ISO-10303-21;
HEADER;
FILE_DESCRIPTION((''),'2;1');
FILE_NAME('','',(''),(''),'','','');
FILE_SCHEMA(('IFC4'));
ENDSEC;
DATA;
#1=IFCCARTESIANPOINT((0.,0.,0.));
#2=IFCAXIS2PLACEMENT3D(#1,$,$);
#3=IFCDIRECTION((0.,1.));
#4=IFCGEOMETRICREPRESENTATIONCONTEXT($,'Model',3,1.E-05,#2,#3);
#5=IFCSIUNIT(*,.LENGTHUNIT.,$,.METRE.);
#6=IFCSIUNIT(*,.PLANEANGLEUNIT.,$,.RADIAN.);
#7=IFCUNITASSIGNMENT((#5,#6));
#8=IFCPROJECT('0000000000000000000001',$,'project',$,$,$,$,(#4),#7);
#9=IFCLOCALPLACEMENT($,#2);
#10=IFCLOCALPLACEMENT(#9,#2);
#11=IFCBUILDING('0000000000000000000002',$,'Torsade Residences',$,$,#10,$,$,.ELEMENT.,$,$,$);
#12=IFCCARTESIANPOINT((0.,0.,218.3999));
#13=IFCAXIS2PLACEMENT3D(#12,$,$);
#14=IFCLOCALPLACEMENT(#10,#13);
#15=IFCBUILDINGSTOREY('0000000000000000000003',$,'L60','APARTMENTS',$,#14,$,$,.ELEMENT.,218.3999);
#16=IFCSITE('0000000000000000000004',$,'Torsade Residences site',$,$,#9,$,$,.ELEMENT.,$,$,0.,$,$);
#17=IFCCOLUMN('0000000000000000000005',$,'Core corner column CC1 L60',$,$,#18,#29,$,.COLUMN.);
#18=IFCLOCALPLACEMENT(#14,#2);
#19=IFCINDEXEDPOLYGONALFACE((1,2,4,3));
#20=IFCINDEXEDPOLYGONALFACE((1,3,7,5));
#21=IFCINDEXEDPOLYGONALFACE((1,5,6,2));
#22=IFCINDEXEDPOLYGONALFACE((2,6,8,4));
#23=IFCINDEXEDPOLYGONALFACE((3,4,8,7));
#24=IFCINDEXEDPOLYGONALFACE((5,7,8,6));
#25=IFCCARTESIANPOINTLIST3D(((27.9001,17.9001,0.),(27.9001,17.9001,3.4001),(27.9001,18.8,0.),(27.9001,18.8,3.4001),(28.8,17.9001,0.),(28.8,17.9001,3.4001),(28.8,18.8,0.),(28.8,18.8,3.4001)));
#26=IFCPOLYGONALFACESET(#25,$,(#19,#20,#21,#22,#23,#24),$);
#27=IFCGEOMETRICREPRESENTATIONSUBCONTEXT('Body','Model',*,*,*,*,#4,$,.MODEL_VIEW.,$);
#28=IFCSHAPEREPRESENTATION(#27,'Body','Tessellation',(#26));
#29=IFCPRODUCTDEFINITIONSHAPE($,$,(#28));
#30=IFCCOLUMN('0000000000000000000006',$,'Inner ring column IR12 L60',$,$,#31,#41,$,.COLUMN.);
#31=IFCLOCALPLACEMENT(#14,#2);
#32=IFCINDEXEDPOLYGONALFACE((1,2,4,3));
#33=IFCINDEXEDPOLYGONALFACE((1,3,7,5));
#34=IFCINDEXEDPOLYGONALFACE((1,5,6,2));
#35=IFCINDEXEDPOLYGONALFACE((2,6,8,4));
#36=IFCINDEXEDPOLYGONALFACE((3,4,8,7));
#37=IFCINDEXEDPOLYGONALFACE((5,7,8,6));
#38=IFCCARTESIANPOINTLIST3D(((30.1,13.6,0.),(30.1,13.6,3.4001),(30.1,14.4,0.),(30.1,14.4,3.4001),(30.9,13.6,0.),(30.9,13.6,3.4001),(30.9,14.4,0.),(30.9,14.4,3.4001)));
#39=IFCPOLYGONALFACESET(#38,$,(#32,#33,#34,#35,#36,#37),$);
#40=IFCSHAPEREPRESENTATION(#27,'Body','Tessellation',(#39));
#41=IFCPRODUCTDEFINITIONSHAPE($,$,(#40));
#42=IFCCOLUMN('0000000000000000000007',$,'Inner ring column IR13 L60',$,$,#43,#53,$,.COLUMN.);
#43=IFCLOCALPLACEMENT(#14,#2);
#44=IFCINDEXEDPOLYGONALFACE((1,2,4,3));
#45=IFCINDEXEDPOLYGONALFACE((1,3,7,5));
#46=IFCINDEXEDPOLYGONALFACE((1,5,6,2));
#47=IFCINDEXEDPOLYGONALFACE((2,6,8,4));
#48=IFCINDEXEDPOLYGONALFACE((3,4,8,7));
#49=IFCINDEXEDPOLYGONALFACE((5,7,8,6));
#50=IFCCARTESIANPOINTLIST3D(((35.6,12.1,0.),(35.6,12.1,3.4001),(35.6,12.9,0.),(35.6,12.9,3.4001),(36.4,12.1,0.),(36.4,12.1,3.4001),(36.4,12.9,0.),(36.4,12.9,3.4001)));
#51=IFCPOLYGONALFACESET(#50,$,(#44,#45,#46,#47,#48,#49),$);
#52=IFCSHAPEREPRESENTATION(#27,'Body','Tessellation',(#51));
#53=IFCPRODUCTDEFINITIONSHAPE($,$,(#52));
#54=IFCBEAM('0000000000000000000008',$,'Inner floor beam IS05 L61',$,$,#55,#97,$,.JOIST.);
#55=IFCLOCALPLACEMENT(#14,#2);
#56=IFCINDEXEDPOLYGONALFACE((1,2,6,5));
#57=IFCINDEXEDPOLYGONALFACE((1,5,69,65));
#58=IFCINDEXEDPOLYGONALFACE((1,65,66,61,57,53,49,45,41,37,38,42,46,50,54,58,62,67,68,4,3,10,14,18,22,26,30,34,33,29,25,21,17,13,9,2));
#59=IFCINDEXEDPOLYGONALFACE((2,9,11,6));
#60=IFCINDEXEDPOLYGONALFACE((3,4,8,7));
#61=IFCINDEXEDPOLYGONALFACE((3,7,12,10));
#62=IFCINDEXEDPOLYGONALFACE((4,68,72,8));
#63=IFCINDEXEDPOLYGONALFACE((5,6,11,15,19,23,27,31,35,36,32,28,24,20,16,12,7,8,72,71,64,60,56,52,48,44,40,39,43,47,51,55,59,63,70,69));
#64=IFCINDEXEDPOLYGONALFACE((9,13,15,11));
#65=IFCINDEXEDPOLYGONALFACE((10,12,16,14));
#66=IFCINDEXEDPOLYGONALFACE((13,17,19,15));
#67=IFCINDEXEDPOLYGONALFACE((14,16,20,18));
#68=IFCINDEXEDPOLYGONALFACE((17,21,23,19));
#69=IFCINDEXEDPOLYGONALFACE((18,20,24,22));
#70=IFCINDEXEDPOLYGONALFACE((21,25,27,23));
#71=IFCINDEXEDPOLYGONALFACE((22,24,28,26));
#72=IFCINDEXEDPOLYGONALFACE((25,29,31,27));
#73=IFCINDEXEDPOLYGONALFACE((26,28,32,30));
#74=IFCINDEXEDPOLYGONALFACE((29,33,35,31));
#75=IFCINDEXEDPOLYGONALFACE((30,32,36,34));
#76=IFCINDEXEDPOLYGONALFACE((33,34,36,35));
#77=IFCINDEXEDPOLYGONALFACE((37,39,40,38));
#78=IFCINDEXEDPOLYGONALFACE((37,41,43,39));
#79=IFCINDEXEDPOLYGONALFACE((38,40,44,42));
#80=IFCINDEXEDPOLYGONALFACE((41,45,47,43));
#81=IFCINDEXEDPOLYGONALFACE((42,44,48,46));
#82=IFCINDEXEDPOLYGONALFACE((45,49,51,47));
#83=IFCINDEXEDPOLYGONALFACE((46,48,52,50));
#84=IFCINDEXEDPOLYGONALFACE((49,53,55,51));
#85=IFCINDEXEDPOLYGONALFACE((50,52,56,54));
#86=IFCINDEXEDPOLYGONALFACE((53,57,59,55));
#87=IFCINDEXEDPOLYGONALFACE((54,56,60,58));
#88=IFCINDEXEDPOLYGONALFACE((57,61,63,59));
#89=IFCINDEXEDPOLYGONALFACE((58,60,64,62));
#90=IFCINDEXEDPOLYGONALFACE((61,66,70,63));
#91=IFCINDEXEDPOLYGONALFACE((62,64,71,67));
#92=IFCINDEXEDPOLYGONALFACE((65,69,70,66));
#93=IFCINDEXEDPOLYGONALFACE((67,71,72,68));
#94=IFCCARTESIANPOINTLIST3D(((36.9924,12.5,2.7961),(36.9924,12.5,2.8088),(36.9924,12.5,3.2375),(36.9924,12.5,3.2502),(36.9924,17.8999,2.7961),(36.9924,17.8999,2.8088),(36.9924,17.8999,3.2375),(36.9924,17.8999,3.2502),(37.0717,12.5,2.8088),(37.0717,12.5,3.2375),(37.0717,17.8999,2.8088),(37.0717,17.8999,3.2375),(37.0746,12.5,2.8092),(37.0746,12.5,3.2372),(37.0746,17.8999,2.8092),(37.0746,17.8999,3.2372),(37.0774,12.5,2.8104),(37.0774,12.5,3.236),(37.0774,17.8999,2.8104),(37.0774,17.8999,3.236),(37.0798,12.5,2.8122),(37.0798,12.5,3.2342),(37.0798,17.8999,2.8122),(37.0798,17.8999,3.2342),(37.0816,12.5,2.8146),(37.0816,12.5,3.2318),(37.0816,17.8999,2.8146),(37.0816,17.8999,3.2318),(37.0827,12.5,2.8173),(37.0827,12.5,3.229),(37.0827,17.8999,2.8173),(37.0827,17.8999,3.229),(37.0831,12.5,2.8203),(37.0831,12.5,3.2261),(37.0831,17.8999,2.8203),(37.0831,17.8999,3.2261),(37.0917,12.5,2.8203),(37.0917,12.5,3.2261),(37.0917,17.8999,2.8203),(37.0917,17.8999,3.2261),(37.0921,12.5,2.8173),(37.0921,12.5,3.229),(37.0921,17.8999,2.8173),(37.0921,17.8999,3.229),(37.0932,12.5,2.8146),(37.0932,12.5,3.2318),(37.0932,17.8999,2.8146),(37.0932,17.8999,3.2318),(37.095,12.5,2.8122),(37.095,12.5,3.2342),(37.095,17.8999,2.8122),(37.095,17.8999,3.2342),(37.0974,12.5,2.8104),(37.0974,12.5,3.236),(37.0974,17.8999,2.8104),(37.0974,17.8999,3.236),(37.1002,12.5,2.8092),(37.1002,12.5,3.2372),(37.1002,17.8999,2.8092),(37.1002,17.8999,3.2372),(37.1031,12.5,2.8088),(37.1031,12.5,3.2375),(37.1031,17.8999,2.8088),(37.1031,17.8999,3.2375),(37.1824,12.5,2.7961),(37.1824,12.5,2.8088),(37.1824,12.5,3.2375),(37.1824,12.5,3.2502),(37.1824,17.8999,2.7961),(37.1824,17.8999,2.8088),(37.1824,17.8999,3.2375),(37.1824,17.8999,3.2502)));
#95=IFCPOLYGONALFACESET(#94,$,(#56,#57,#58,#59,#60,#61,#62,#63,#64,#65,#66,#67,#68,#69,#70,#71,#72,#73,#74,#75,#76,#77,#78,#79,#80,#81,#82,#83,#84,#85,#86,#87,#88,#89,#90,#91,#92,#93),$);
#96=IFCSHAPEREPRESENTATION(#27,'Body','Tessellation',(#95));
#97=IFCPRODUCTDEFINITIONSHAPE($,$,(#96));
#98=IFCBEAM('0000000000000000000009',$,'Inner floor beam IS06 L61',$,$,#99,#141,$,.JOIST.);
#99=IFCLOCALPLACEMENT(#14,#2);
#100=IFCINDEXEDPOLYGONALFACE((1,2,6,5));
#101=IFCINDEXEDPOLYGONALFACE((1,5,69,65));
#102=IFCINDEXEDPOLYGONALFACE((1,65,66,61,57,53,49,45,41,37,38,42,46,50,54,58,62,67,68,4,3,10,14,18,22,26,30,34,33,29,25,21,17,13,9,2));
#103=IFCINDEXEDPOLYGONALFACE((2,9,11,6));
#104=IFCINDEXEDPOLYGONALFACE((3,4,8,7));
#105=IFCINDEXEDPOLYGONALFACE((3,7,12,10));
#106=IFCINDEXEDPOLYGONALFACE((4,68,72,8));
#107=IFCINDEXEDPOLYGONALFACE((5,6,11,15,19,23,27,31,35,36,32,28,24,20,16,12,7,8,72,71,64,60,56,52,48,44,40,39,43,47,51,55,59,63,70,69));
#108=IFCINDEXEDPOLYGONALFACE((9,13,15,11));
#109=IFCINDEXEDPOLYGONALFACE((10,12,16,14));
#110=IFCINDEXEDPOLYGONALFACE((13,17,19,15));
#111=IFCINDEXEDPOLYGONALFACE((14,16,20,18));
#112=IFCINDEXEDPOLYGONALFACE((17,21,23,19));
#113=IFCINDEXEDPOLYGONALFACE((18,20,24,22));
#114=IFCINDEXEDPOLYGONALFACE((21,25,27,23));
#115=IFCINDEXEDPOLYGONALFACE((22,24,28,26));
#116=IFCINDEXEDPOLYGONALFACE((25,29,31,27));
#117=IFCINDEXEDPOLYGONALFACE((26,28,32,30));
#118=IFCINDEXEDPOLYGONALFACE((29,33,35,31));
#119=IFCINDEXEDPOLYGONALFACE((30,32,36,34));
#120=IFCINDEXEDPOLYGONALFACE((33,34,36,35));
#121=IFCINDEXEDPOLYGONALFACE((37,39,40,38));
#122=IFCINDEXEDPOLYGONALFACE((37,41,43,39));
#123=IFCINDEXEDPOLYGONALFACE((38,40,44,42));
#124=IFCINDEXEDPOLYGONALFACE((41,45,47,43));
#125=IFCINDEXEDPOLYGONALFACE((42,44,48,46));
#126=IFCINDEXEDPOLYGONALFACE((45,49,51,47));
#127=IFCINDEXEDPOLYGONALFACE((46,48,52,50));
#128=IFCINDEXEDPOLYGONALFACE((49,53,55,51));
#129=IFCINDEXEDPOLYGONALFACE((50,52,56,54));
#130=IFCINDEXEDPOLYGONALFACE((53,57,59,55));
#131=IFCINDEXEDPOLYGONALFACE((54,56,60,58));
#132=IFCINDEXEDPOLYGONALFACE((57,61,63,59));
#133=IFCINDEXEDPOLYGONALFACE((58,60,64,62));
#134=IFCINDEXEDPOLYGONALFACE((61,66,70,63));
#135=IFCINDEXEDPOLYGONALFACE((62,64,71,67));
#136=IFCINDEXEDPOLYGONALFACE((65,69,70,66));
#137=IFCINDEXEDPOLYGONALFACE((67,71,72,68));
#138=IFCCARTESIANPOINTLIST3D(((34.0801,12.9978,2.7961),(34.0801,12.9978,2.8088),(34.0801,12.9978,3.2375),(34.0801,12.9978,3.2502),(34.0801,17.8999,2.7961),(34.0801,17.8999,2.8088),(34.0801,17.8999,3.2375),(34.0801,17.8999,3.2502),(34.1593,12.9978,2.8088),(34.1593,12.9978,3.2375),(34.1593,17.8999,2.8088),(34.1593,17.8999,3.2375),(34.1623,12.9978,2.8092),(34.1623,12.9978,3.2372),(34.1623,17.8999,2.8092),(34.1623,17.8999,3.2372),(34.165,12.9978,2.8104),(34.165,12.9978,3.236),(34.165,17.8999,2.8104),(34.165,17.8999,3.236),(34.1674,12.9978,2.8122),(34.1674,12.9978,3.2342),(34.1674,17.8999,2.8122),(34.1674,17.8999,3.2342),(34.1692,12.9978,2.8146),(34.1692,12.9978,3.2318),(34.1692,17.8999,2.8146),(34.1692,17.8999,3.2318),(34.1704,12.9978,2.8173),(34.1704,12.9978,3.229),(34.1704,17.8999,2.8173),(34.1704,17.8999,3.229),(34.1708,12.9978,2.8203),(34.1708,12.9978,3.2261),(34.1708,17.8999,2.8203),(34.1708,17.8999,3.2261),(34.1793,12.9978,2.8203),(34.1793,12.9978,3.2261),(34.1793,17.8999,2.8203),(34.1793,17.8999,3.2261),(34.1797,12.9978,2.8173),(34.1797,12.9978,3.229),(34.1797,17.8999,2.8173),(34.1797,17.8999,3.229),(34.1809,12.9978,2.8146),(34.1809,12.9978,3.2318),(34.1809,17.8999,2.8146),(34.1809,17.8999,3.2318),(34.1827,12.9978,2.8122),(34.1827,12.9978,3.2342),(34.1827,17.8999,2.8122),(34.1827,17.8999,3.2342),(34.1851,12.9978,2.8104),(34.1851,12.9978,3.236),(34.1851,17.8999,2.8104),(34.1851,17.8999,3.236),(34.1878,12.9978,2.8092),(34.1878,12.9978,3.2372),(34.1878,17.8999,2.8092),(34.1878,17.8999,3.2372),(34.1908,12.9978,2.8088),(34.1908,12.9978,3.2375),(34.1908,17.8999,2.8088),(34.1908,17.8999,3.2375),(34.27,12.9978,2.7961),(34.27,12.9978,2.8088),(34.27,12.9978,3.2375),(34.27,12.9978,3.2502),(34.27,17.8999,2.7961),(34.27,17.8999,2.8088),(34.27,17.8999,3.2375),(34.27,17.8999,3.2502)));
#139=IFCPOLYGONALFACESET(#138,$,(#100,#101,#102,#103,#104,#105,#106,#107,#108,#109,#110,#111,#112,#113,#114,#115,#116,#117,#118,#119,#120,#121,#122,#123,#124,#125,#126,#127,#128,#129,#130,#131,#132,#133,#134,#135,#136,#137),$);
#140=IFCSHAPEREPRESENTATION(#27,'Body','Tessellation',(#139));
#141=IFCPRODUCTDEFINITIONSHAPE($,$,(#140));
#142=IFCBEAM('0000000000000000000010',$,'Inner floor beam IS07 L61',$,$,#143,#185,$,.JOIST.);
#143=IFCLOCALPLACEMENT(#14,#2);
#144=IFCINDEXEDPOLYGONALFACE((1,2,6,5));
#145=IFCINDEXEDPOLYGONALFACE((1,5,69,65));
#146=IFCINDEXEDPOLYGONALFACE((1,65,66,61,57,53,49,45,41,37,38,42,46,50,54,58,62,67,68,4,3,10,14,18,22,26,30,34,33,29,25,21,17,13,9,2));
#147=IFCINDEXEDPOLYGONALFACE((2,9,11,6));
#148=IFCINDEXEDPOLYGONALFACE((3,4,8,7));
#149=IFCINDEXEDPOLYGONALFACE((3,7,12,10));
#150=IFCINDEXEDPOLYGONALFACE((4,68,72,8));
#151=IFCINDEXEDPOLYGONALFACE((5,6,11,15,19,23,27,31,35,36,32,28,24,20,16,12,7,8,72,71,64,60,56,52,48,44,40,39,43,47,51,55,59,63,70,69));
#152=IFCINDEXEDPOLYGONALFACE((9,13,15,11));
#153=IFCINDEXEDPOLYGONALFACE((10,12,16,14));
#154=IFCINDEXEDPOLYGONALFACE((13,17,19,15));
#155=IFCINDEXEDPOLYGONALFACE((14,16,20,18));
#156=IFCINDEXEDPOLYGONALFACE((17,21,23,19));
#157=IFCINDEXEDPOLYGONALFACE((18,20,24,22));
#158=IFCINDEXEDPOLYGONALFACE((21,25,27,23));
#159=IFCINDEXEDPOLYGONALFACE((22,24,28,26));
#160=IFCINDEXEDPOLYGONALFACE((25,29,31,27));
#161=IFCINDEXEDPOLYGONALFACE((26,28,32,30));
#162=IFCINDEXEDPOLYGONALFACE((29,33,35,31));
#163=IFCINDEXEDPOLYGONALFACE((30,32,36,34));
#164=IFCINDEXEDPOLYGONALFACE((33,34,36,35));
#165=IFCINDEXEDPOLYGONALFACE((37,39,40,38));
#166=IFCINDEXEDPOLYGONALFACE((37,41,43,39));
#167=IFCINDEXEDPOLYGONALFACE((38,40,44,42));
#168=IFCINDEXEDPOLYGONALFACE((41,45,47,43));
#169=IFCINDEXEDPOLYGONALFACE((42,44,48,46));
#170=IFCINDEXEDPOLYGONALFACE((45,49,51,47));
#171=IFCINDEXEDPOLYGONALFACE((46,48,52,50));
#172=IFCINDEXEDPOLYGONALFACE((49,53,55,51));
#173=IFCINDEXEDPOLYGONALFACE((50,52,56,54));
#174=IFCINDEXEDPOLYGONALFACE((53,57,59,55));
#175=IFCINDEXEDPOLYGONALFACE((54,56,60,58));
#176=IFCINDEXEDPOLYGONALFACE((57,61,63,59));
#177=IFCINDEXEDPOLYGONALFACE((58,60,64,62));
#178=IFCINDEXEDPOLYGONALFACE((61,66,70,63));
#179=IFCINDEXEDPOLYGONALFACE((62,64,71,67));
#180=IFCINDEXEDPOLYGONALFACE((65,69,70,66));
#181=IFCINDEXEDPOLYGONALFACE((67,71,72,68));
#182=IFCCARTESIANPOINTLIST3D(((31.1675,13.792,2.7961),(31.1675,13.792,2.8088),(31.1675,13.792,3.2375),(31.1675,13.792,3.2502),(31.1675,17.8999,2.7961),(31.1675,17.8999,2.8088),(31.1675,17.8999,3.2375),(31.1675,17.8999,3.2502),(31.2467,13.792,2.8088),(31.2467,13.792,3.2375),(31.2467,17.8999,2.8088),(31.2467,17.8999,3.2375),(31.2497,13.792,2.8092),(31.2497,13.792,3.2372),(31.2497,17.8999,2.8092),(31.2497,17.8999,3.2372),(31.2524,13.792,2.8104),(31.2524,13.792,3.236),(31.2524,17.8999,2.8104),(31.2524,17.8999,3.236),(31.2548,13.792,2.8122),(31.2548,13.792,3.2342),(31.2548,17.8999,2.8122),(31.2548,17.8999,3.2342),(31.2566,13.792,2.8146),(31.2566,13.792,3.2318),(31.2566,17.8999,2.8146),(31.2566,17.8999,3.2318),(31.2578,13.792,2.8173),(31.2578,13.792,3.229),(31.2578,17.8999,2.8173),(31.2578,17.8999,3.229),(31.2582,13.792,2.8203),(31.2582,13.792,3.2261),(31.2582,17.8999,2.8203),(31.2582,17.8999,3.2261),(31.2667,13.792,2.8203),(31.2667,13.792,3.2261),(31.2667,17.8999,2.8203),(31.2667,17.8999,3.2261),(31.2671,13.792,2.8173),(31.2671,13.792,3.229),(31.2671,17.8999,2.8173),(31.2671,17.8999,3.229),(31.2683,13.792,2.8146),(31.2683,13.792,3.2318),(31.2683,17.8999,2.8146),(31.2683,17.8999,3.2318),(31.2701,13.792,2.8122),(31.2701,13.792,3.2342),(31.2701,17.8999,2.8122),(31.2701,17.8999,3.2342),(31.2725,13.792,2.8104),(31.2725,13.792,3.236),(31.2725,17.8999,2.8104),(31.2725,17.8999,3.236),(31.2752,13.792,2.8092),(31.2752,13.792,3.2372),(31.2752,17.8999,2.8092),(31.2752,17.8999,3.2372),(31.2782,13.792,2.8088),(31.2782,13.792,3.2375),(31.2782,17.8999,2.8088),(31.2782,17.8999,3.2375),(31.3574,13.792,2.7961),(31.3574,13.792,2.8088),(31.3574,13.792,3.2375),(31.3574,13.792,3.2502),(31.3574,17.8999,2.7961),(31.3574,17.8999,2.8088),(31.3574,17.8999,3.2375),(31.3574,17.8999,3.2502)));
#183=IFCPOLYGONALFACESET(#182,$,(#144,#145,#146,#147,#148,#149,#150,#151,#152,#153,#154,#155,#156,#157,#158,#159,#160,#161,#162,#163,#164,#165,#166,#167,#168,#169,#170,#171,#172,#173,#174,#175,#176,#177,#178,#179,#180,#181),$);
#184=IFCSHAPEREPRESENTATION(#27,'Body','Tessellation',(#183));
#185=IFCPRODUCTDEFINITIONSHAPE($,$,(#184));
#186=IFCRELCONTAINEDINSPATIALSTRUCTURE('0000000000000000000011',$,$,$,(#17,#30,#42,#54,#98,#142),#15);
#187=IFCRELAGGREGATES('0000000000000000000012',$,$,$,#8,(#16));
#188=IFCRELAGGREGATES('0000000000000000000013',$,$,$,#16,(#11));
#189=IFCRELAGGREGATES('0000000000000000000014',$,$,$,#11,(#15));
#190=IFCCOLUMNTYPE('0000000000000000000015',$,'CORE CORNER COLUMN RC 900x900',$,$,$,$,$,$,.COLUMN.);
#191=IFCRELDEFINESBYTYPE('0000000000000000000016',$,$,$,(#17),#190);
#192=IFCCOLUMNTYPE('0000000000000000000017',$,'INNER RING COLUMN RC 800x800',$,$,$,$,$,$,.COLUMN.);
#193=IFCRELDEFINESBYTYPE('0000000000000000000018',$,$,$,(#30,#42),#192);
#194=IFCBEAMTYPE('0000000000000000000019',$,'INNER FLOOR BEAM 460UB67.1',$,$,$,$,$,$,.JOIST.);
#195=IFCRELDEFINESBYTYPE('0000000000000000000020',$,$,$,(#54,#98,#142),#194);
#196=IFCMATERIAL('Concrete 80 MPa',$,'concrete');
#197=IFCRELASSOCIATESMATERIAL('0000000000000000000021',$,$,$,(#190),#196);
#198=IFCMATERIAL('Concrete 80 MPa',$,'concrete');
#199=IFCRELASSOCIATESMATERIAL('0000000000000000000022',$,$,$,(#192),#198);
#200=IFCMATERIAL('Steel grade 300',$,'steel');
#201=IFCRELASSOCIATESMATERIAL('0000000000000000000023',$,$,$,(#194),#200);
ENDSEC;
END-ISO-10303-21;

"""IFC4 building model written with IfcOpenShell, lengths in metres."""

from ifc_helpers import new_model, si_unit, direction, frame, origin, origin_2d, place, context, subcontext, project, spatial, rectangle, i_section, extrude, material, material_profile, profile_set, type_object, element, save


model = new_model("IFC4")

# Units and contexts
model_context = context("Model", 3, precision=1e-05, world=origin(), true_north=direction((0.0, 1.0)))
body_context = subcontext(model_context, "Body", "Model", "MODEL_VIEW")
ifc_project = project(units=[si_unit("LENGTHUNIT", "METRE"), si_unit("PLANEANGLEUNIT", "RADIAN")], contexts=[model_context])

# Site, building, storey
site_placement = place(None, origin())
site = spatial("IfcSite", under=ifc_project, at=site_placement, Name="Torsade Residences site", CompositionType="ELEMENT", RefElevation=0.0)
building_placement = place(site_placement, origin())
building = spatial("IfcBuilding", under=site, at=building_placement, Name="Torsade Residences", CompositionType="ELEMENT")
storey_placement = place(building_placement, frame((0.0, 0.0, 218.3999)))
storey = spatial("IfcBuildingStorey", under=building, at=storey_placement, Name="L60", Description="APARTMENTS", CompositionType="ELEMENT", Elevation=218.3999)

# Columns
ifc_material_1 = material(Name="Concrete 80 MPa", Category="concrete")
ifc_material_profile_1 = material_profile(ifc_material_1, rectangle(XDim=0.8999, YDim=0.8999, at=origin_2d()), Name="RC 900x900")
ifc_profile_set_1 = profile_set([ifc_material_profile_1], Name="Concrete 80 MPa")
column_type_1 = type_object("IfcColumnType", Name="CORE CORNER COLUMN RC 900x900", PredefinedType="COLUMN", material=ifc_profile_set_1)
column_placement = place(storey_placement, frame((28.3501, 18.3501, 0.0), z_axis=(0.0, 0.0, 1.0), x_axis=(1.0, 0.0, 0.0)))
element("IfcColumn", 1, at=column_placement, inside=storey, type_object=column_type_1, Name="Core corner column CC1 L60", PredefinedType="COLUMN", context=body_context, shape_type="SweptSolid", body=[
    extrude(rectangle(XDim=0.8999, YDim=0.8999, at=origin_2d()), origin(), (0.0, 0.0, 1.0), 3.4001),
])
ifc_material_2 = material(Name="Concrete 80 MPa", Category="concrete")
ifc_material_profile_2 = material_profile(ifc_material_2, rectangle(XDim=0.8, YDim=0.8, at=origin_2d()), Name="RC 800x800")
ifc_profile_set_2 = profile_set([ifc_material_profile_2], Name="Concrete 80 MPa")
column_type_2 = type_object("IfcColumnType", Name="INNER RING COLUMN RC 800x800", PredefinedType="COLUMN", material=ifc_profile_set_2)
for number, where, z_axis, x_axis, name in (
    (2, (30.5, 14.0, 0.0), (0.0, 0.0, 1.0), (1.0, 0.0, 0.0), "Inner ring column IR12 L60"),
    (3, (36.0, 12.5, 0.0), (0.0, 0.0, 1.0), (1.0, 0.0, 0.0), "Inner ring column IR13 L60"),
):
    element("IfcColumn", number, at=place(storey_placement, frame(where, z_axis=z_axis, x_axis=x_axis)), inside=storey, type_object=column_type_2, Name=name, PredefinedType="COLUMN", context=body_context, shape_type="SweptSolid", body=[
        extrude(rectangle(XDim=0.8, YDim=0.8, at=origin_2d()), origin(), (0.0, 0.0, 1.0), 3.4001),
    ])

# Beams
ifc_material_3 = material(Name="Steel grade 300", Category="steel")
ifc_material_profile_3 = material_profile(ifc_material_3, i_section(OverallWidth=0.1899, OverallDepth=0.4541, WebThickness=0.0085, FlangeThickness=0.0127, FilletRadius=0.0115, at=origin_2d()), Name="460UB67.1")
ifc_profile_set_3 = profile_set([ifc_material_profile_3], Name="Steel grade 300")
beam_type_1 = type_object("IfcBeamType", Name="INNER FLOOR BEAM 460UB67.1", PredefinedType="JOIST", material=ifc_profile_set_3)
beam_1_placement = place(storey_placement, frame((37.0874, 17.8999, 3.0232), z_axis=(0.0, -1.0, 0.0), x_axis=(1.0, 0.0, 0.0)))
element("IfcBeam", 4, at=beam_1_placement, inside=storey, type_object=beam_type_1, Name="Inner floor beam IS05 L61", PredefinedType="JOIST", context=body_context, shape_type="SweptSolid", body=[
    extrude(i_section(OverallWidth=0.1899, OverallDepth=0.4541, WebThickness=0.0085, FlangeThickness=0.0127, FilletRadius=0.0115, at=origin_2d()), origin(), (0.0, 0.0, 1.0), 5.3999),
])
beam_2_placement = place(storey_placement, frame((34.175, 17.8999, 3.0232), z_axis=(0.0, -1.0, 0.0), x_axis=(1.0, 0.0, 0.0)))
element("IfcBeam", 5, at=beam_2_placement, inside=storey, type_object=beam_type_1, Name="Inner floor beam IS06 L61", PredefinedType="JOIST", context=body_context, shape_type="SweptSolid", body=[
    extrude(i_section(OverallWidth=0.1899, OverallDepth=0.4541, WebThickness=0.0085, FlangeThickness=0.0127, FilletRadius=0.0115, at=origin_2d()), origin(), (0.0, 0.0, 1.0), 4.9021),
])
beam_3_placement = place(storey_placement, frame((31.2625, 17.8999, 3.0232), z_axis=(0.0, -1.0, 0.0), x_axis=(1.0, 0.0, 0.0)))
element("IfcBeam", 6, at=beam_3_placement, inside=storey, type_object=beam_type_1, Name="Inner floor beam IS07 L61", PredefinedType="JOIST", context=body_context, shape_type="SweptSolid", body=[
    extrude(i_section(OverallWidth=0.1899, OverallDepth=0.4541, WebThickness=0.0085, FlangeThickness=0.0127, FilletRadius=0.0115, at=origin_2d()), origin(), (0.0, 0.0, 1.0), 4.1079),
])

save(model, "model.ifc")
